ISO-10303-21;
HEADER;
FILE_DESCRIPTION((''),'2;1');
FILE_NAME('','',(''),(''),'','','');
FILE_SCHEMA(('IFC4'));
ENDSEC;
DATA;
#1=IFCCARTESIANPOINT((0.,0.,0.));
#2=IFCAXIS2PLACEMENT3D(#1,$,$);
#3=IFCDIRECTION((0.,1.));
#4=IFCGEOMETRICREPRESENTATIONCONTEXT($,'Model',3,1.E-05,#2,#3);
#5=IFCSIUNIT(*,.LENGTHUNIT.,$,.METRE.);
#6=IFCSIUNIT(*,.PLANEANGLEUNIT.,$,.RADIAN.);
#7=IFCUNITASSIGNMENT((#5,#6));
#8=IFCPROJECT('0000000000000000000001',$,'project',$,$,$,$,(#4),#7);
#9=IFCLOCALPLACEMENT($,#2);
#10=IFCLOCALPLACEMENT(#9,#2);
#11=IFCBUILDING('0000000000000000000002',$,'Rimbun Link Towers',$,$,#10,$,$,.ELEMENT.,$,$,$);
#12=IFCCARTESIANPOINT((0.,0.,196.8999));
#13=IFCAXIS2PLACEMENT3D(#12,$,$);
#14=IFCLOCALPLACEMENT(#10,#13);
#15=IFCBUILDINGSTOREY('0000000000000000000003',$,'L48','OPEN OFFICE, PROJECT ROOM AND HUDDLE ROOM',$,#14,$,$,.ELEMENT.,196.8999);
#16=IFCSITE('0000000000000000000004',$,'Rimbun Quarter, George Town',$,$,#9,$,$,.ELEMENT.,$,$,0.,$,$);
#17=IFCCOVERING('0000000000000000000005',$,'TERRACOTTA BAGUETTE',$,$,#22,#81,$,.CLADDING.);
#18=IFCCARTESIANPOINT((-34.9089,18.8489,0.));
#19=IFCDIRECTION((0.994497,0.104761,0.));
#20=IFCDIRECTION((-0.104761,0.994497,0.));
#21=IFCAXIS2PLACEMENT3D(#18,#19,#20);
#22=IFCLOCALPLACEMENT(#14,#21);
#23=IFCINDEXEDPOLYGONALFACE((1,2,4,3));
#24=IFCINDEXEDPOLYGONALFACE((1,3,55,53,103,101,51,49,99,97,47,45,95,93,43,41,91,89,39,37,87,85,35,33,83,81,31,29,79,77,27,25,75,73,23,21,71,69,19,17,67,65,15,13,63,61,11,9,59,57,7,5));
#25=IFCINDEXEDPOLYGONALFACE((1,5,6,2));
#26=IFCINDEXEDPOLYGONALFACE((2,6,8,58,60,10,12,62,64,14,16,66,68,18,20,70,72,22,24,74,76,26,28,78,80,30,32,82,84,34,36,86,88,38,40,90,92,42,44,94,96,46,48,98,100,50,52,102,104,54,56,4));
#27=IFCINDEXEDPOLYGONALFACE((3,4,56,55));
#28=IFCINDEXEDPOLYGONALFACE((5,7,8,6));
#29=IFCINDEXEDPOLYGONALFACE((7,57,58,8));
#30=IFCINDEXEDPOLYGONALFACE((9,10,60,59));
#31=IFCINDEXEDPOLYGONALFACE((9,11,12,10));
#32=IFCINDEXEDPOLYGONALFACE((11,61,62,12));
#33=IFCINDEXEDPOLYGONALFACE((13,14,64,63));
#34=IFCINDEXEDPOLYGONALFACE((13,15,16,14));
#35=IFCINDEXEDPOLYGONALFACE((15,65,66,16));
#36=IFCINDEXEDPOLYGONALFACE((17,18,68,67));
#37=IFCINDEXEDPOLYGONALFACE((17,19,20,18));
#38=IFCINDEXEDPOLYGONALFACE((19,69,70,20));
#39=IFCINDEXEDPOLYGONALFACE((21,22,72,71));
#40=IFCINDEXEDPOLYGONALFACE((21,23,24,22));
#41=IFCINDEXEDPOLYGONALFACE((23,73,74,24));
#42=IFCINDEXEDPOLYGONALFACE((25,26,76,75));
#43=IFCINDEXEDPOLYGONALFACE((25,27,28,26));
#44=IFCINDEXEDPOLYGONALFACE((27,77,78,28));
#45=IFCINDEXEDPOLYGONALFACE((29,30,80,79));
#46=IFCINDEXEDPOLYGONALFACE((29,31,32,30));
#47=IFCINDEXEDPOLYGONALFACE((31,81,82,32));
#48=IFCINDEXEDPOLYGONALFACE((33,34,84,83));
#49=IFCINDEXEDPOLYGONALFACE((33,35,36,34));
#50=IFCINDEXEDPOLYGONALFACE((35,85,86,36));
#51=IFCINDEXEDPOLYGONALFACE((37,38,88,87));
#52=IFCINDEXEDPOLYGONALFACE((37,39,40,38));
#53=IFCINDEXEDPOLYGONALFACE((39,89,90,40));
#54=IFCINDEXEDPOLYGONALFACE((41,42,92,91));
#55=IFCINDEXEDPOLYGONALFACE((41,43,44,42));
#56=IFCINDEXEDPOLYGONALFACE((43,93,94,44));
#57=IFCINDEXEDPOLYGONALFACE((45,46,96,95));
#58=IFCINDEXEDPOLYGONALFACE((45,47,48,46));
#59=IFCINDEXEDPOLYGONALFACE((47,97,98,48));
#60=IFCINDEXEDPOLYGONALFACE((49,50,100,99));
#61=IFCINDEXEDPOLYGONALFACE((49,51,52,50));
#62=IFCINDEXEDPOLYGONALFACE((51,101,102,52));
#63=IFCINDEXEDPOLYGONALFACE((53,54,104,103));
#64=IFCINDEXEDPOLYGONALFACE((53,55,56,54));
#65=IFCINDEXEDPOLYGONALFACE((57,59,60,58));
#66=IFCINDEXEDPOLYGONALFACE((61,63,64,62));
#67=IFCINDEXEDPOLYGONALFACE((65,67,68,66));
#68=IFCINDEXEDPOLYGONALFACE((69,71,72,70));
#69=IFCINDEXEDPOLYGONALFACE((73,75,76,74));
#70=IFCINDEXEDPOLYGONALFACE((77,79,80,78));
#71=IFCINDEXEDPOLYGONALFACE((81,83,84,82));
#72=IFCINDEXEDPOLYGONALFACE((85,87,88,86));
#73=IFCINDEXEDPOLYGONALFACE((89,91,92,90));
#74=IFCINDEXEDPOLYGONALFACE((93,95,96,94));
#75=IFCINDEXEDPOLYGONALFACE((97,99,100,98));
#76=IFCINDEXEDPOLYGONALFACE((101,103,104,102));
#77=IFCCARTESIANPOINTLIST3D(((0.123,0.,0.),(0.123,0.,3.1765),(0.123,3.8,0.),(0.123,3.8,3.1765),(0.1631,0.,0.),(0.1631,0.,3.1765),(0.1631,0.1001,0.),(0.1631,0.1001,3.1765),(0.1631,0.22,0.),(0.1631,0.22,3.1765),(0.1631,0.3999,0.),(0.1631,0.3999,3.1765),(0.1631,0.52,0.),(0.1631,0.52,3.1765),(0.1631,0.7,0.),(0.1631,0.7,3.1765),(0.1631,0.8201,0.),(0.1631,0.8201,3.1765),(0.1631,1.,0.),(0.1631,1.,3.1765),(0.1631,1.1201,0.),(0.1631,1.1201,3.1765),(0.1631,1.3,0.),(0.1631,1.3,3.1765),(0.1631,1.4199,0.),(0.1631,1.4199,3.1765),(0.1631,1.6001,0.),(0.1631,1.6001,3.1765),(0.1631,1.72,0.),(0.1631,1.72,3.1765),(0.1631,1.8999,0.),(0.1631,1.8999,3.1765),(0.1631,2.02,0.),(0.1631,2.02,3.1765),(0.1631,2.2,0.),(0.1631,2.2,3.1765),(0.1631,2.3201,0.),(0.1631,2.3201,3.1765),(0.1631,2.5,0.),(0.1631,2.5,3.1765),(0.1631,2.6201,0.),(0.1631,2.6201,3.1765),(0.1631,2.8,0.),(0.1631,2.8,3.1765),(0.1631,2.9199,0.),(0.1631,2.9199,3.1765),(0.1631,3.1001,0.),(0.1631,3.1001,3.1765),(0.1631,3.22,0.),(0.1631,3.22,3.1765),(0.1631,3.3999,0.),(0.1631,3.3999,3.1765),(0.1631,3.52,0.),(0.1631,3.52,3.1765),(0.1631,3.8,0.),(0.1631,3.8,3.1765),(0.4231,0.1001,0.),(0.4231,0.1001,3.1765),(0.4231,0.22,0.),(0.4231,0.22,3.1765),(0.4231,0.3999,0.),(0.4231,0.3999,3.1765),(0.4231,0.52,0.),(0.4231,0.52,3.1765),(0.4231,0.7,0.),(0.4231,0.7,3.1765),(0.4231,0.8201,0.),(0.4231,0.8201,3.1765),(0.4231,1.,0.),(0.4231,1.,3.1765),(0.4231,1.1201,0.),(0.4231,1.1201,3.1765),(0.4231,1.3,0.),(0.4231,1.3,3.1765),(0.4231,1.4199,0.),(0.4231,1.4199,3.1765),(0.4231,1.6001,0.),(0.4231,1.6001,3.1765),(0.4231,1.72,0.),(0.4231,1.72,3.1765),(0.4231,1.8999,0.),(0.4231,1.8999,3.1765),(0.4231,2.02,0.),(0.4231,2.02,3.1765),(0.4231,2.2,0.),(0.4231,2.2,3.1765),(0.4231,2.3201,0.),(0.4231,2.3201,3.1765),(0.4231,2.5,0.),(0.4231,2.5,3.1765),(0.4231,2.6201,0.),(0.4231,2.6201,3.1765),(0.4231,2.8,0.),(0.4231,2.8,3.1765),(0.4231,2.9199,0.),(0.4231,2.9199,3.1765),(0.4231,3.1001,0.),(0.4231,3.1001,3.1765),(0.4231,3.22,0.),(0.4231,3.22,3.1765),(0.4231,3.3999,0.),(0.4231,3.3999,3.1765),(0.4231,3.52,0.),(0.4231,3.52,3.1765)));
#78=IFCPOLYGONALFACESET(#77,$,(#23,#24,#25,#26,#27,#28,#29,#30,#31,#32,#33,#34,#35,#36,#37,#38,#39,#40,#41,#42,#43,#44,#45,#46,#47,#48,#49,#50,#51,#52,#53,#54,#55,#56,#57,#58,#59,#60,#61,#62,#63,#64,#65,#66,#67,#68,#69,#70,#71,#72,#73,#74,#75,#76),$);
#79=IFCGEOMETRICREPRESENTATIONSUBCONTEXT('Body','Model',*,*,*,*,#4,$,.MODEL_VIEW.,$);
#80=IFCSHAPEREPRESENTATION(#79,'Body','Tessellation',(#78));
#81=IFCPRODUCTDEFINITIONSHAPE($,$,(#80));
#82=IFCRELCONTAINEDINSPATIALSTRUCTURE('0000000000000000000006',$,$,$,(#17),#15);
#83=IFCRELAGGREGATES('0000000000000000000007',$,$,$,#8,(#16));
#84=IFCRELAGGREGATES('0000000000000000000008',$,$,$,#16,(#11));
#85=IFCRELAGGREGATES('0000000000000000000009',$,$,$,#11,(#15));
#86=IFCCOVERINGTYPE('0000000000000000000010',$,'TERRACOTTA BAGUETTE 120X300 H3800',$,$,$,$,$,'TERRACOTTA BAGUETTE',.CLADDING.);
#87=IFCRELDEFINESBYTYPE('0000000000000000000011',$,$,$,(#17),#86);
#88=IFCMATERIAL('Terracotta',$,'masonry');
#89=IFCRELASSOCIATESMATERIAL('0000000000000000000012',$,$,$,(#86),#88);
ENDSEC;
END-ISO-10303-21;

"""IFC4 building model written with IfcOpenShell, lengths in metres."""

from ifc_helpers import new_model, si_unit, direction, frame, origin, place, context, subcontext, project, spatial, polyline, outline, extrude, material, material_profile, profile_set, type_object, element, save


model = new_model("IFC4")

# Units and contexts
model_context = context("Model", 3, precision=1e-05, world=origin(), true_north=direction((0.0, 1.0)))
body_context = subcontext(model_context, "Body", "Model", "MODEL_VIEW")
ifc_project = project(units=[si_unit("LENGTHUNIT", "METRE"), si_unit("PLANEANGLEUNIT", "RADIAN")], contexts=[model_context])

# Site, building, storey
site_placement = place(None, origin())
site = spatial("IfcSite", under=ifc_project, at=site_placement, Name="Rimbun Quarter, George Town", CompositionType="ELEMENT", RefElevation=0.0)
building_placement = place(site_placement, origin())
building = spatial("IfcBuilding", under=site, at=building_placement, Name="Rimbun Link Towers", CompositionType="ELEMENT")
storey_placement = place(building_placement, frame((0.0, 0.0, 196.8999)))
storey = spatial("IfcBuildingStorey", under=building, at=storey_placement, Name="L48", Description="OPEN OFFICE, PROJECT ROOM AND HUDDLE ROOM", CompositionType="ELEMENT", Elevation=196.8999)

# Covering
ifc_material_1 = material(Name="Terracotta", Category="masonry")
ifc_material_profile_1 = material_profile(ifc_material_1, outline(polyline([(0.123, 0.0), (0.1631, 0.0), (0.1631, 0.1001), (0.4231, 0.1001), (0.4231, 0.22), (0.1631, 0.22), (0.1631, 0.3999), (0.4231, 0.3999), (0.4231, 0.52), (0.1631, 0.52), (0.1631, 0.7), (0.4231, 0.7), (0.4231, 0.8201), (0.1631, 0.8201), (0.1631, 1.0), (0.4231, 1.0), (0.4231, 1.1201), (0.1631, 1.1201), (0.1631, 1.3), (0.4231, 1.3), (0.4231, 1.4199), (0.1631, 1.4199), (0.1631, 1.6001), (0.4231, 1.6001), (0.4231, 1.72), (0.1631, 1.72), (0.1631, 1.8999), (0.4231, 1.8999), (0.4231, 2.02), (0.1631, 2.02), (0.1631, 2.2), (0.4231, 2.2), (0.4231, 2.3201), (0.1631, 2.3201), (0.1631, 2.5), (0.4231, 2.5), (0.4231, 2.6201), (0.1631, 2.6201), (0.1631, 2.8), (0.4231, 2.8), (0.4231, 2.9199), (0.1631, 2.9199), (0.1631, 3.1001), (0.4231, 3.1001), (0.4231, 3.22), (0.1631, 3.22), (0.1631, 3.3999), (0.4231, 3.3999), (0.4231, 3.52), (0.1631, 3.52), (0.1631, 3.8), (0.123, 3.8), (0.123, 0.0)])), Name="BAGUETTE 120X300")
ifc_profile_set_1 = profile_set([ifc_material_profile_1], Name="Terracotta")
covering_type = type_object("IfcCoveringType", Name="TERRACOTTA BAGUETTE 120X300 H3800", ElementType="TERRACOTTA BAGUETTE", PredefinedType="CLADDING", material=ifc_profile_set_1)
for number, where, z_axis, x_axis, name in (
    (1, (-34.9089, 18.8489, 0.0), (0.994497, 0.104761, 0.0), (-0.104761, 0.994497, 0.0), "TERRACOTTA BAGUETTE"),
):
    element("IfcCovering", number, at=place(storey_placement, frame(where, z_axis=z_axis, x_axis=x_axis)), inside=storey, type_object=covering_type, Name=name, PredefinedType="CLADDING", context=body_context, shape_type="SweptSolid", body=[
        extrude(outline(polyline([(0.123, 0.0), (0.1631, 0.0), (0.1631, 0.1001), (0.4231, 0.1001), (0.4231, 0.22), (0.1631, 0.22), (0.1631, 0.3999), (0.4231, 0.3999), (0.4231, 0.52), (0.1631, 0.52), (0.1631, 0.7), (0.4231, 0.7), (0.4231, 0.8201), (0.1631, 0.8201), (0.1631, 1.0), (0.4231, 1.0), (0.4231, 1.1201), (0.1631, 1.1201), (0.1631, 1.3), (0.4231, 1.3), (0.4231, 1.4199), (0.1631, 1.4199), (0.1631, 1.6001), (0.4231, 1.6001), (0.4231, 1.72), (0.1631, 1.72), (0.1631, 1.8999), (0.4231, 1.8999), (0.4231, 2.02), (0.1631, 2.02), (0.1631, 2.2), (0.4231, 2.2), (0.4231, 2.3201), (0.1631, 2.3201), (0.1631, 2.5), (0.4231, 2.5), (0.4231, 2.6201), (0.1631, 2.6201), (0.1631, 2.8), (0.4231, 2.8), (0.4231, 2.9199), (0.1631, 2.9199), (0.1631, 3.1001), (0.4231, 3.1001), (0.4231, 3.22), (0.1631, 3.22), (0.1631, 3.3999), (0.4231, 3.3999), (0.4231, 3.52), (0.1631, 3.52), (0.1631, 3.8), (0.123, 3.8), (0.123, 0.0)])), origin(), (0.0, 0.0, 1.0), 3.1765),
    ])

save(model, "model.ifc")
